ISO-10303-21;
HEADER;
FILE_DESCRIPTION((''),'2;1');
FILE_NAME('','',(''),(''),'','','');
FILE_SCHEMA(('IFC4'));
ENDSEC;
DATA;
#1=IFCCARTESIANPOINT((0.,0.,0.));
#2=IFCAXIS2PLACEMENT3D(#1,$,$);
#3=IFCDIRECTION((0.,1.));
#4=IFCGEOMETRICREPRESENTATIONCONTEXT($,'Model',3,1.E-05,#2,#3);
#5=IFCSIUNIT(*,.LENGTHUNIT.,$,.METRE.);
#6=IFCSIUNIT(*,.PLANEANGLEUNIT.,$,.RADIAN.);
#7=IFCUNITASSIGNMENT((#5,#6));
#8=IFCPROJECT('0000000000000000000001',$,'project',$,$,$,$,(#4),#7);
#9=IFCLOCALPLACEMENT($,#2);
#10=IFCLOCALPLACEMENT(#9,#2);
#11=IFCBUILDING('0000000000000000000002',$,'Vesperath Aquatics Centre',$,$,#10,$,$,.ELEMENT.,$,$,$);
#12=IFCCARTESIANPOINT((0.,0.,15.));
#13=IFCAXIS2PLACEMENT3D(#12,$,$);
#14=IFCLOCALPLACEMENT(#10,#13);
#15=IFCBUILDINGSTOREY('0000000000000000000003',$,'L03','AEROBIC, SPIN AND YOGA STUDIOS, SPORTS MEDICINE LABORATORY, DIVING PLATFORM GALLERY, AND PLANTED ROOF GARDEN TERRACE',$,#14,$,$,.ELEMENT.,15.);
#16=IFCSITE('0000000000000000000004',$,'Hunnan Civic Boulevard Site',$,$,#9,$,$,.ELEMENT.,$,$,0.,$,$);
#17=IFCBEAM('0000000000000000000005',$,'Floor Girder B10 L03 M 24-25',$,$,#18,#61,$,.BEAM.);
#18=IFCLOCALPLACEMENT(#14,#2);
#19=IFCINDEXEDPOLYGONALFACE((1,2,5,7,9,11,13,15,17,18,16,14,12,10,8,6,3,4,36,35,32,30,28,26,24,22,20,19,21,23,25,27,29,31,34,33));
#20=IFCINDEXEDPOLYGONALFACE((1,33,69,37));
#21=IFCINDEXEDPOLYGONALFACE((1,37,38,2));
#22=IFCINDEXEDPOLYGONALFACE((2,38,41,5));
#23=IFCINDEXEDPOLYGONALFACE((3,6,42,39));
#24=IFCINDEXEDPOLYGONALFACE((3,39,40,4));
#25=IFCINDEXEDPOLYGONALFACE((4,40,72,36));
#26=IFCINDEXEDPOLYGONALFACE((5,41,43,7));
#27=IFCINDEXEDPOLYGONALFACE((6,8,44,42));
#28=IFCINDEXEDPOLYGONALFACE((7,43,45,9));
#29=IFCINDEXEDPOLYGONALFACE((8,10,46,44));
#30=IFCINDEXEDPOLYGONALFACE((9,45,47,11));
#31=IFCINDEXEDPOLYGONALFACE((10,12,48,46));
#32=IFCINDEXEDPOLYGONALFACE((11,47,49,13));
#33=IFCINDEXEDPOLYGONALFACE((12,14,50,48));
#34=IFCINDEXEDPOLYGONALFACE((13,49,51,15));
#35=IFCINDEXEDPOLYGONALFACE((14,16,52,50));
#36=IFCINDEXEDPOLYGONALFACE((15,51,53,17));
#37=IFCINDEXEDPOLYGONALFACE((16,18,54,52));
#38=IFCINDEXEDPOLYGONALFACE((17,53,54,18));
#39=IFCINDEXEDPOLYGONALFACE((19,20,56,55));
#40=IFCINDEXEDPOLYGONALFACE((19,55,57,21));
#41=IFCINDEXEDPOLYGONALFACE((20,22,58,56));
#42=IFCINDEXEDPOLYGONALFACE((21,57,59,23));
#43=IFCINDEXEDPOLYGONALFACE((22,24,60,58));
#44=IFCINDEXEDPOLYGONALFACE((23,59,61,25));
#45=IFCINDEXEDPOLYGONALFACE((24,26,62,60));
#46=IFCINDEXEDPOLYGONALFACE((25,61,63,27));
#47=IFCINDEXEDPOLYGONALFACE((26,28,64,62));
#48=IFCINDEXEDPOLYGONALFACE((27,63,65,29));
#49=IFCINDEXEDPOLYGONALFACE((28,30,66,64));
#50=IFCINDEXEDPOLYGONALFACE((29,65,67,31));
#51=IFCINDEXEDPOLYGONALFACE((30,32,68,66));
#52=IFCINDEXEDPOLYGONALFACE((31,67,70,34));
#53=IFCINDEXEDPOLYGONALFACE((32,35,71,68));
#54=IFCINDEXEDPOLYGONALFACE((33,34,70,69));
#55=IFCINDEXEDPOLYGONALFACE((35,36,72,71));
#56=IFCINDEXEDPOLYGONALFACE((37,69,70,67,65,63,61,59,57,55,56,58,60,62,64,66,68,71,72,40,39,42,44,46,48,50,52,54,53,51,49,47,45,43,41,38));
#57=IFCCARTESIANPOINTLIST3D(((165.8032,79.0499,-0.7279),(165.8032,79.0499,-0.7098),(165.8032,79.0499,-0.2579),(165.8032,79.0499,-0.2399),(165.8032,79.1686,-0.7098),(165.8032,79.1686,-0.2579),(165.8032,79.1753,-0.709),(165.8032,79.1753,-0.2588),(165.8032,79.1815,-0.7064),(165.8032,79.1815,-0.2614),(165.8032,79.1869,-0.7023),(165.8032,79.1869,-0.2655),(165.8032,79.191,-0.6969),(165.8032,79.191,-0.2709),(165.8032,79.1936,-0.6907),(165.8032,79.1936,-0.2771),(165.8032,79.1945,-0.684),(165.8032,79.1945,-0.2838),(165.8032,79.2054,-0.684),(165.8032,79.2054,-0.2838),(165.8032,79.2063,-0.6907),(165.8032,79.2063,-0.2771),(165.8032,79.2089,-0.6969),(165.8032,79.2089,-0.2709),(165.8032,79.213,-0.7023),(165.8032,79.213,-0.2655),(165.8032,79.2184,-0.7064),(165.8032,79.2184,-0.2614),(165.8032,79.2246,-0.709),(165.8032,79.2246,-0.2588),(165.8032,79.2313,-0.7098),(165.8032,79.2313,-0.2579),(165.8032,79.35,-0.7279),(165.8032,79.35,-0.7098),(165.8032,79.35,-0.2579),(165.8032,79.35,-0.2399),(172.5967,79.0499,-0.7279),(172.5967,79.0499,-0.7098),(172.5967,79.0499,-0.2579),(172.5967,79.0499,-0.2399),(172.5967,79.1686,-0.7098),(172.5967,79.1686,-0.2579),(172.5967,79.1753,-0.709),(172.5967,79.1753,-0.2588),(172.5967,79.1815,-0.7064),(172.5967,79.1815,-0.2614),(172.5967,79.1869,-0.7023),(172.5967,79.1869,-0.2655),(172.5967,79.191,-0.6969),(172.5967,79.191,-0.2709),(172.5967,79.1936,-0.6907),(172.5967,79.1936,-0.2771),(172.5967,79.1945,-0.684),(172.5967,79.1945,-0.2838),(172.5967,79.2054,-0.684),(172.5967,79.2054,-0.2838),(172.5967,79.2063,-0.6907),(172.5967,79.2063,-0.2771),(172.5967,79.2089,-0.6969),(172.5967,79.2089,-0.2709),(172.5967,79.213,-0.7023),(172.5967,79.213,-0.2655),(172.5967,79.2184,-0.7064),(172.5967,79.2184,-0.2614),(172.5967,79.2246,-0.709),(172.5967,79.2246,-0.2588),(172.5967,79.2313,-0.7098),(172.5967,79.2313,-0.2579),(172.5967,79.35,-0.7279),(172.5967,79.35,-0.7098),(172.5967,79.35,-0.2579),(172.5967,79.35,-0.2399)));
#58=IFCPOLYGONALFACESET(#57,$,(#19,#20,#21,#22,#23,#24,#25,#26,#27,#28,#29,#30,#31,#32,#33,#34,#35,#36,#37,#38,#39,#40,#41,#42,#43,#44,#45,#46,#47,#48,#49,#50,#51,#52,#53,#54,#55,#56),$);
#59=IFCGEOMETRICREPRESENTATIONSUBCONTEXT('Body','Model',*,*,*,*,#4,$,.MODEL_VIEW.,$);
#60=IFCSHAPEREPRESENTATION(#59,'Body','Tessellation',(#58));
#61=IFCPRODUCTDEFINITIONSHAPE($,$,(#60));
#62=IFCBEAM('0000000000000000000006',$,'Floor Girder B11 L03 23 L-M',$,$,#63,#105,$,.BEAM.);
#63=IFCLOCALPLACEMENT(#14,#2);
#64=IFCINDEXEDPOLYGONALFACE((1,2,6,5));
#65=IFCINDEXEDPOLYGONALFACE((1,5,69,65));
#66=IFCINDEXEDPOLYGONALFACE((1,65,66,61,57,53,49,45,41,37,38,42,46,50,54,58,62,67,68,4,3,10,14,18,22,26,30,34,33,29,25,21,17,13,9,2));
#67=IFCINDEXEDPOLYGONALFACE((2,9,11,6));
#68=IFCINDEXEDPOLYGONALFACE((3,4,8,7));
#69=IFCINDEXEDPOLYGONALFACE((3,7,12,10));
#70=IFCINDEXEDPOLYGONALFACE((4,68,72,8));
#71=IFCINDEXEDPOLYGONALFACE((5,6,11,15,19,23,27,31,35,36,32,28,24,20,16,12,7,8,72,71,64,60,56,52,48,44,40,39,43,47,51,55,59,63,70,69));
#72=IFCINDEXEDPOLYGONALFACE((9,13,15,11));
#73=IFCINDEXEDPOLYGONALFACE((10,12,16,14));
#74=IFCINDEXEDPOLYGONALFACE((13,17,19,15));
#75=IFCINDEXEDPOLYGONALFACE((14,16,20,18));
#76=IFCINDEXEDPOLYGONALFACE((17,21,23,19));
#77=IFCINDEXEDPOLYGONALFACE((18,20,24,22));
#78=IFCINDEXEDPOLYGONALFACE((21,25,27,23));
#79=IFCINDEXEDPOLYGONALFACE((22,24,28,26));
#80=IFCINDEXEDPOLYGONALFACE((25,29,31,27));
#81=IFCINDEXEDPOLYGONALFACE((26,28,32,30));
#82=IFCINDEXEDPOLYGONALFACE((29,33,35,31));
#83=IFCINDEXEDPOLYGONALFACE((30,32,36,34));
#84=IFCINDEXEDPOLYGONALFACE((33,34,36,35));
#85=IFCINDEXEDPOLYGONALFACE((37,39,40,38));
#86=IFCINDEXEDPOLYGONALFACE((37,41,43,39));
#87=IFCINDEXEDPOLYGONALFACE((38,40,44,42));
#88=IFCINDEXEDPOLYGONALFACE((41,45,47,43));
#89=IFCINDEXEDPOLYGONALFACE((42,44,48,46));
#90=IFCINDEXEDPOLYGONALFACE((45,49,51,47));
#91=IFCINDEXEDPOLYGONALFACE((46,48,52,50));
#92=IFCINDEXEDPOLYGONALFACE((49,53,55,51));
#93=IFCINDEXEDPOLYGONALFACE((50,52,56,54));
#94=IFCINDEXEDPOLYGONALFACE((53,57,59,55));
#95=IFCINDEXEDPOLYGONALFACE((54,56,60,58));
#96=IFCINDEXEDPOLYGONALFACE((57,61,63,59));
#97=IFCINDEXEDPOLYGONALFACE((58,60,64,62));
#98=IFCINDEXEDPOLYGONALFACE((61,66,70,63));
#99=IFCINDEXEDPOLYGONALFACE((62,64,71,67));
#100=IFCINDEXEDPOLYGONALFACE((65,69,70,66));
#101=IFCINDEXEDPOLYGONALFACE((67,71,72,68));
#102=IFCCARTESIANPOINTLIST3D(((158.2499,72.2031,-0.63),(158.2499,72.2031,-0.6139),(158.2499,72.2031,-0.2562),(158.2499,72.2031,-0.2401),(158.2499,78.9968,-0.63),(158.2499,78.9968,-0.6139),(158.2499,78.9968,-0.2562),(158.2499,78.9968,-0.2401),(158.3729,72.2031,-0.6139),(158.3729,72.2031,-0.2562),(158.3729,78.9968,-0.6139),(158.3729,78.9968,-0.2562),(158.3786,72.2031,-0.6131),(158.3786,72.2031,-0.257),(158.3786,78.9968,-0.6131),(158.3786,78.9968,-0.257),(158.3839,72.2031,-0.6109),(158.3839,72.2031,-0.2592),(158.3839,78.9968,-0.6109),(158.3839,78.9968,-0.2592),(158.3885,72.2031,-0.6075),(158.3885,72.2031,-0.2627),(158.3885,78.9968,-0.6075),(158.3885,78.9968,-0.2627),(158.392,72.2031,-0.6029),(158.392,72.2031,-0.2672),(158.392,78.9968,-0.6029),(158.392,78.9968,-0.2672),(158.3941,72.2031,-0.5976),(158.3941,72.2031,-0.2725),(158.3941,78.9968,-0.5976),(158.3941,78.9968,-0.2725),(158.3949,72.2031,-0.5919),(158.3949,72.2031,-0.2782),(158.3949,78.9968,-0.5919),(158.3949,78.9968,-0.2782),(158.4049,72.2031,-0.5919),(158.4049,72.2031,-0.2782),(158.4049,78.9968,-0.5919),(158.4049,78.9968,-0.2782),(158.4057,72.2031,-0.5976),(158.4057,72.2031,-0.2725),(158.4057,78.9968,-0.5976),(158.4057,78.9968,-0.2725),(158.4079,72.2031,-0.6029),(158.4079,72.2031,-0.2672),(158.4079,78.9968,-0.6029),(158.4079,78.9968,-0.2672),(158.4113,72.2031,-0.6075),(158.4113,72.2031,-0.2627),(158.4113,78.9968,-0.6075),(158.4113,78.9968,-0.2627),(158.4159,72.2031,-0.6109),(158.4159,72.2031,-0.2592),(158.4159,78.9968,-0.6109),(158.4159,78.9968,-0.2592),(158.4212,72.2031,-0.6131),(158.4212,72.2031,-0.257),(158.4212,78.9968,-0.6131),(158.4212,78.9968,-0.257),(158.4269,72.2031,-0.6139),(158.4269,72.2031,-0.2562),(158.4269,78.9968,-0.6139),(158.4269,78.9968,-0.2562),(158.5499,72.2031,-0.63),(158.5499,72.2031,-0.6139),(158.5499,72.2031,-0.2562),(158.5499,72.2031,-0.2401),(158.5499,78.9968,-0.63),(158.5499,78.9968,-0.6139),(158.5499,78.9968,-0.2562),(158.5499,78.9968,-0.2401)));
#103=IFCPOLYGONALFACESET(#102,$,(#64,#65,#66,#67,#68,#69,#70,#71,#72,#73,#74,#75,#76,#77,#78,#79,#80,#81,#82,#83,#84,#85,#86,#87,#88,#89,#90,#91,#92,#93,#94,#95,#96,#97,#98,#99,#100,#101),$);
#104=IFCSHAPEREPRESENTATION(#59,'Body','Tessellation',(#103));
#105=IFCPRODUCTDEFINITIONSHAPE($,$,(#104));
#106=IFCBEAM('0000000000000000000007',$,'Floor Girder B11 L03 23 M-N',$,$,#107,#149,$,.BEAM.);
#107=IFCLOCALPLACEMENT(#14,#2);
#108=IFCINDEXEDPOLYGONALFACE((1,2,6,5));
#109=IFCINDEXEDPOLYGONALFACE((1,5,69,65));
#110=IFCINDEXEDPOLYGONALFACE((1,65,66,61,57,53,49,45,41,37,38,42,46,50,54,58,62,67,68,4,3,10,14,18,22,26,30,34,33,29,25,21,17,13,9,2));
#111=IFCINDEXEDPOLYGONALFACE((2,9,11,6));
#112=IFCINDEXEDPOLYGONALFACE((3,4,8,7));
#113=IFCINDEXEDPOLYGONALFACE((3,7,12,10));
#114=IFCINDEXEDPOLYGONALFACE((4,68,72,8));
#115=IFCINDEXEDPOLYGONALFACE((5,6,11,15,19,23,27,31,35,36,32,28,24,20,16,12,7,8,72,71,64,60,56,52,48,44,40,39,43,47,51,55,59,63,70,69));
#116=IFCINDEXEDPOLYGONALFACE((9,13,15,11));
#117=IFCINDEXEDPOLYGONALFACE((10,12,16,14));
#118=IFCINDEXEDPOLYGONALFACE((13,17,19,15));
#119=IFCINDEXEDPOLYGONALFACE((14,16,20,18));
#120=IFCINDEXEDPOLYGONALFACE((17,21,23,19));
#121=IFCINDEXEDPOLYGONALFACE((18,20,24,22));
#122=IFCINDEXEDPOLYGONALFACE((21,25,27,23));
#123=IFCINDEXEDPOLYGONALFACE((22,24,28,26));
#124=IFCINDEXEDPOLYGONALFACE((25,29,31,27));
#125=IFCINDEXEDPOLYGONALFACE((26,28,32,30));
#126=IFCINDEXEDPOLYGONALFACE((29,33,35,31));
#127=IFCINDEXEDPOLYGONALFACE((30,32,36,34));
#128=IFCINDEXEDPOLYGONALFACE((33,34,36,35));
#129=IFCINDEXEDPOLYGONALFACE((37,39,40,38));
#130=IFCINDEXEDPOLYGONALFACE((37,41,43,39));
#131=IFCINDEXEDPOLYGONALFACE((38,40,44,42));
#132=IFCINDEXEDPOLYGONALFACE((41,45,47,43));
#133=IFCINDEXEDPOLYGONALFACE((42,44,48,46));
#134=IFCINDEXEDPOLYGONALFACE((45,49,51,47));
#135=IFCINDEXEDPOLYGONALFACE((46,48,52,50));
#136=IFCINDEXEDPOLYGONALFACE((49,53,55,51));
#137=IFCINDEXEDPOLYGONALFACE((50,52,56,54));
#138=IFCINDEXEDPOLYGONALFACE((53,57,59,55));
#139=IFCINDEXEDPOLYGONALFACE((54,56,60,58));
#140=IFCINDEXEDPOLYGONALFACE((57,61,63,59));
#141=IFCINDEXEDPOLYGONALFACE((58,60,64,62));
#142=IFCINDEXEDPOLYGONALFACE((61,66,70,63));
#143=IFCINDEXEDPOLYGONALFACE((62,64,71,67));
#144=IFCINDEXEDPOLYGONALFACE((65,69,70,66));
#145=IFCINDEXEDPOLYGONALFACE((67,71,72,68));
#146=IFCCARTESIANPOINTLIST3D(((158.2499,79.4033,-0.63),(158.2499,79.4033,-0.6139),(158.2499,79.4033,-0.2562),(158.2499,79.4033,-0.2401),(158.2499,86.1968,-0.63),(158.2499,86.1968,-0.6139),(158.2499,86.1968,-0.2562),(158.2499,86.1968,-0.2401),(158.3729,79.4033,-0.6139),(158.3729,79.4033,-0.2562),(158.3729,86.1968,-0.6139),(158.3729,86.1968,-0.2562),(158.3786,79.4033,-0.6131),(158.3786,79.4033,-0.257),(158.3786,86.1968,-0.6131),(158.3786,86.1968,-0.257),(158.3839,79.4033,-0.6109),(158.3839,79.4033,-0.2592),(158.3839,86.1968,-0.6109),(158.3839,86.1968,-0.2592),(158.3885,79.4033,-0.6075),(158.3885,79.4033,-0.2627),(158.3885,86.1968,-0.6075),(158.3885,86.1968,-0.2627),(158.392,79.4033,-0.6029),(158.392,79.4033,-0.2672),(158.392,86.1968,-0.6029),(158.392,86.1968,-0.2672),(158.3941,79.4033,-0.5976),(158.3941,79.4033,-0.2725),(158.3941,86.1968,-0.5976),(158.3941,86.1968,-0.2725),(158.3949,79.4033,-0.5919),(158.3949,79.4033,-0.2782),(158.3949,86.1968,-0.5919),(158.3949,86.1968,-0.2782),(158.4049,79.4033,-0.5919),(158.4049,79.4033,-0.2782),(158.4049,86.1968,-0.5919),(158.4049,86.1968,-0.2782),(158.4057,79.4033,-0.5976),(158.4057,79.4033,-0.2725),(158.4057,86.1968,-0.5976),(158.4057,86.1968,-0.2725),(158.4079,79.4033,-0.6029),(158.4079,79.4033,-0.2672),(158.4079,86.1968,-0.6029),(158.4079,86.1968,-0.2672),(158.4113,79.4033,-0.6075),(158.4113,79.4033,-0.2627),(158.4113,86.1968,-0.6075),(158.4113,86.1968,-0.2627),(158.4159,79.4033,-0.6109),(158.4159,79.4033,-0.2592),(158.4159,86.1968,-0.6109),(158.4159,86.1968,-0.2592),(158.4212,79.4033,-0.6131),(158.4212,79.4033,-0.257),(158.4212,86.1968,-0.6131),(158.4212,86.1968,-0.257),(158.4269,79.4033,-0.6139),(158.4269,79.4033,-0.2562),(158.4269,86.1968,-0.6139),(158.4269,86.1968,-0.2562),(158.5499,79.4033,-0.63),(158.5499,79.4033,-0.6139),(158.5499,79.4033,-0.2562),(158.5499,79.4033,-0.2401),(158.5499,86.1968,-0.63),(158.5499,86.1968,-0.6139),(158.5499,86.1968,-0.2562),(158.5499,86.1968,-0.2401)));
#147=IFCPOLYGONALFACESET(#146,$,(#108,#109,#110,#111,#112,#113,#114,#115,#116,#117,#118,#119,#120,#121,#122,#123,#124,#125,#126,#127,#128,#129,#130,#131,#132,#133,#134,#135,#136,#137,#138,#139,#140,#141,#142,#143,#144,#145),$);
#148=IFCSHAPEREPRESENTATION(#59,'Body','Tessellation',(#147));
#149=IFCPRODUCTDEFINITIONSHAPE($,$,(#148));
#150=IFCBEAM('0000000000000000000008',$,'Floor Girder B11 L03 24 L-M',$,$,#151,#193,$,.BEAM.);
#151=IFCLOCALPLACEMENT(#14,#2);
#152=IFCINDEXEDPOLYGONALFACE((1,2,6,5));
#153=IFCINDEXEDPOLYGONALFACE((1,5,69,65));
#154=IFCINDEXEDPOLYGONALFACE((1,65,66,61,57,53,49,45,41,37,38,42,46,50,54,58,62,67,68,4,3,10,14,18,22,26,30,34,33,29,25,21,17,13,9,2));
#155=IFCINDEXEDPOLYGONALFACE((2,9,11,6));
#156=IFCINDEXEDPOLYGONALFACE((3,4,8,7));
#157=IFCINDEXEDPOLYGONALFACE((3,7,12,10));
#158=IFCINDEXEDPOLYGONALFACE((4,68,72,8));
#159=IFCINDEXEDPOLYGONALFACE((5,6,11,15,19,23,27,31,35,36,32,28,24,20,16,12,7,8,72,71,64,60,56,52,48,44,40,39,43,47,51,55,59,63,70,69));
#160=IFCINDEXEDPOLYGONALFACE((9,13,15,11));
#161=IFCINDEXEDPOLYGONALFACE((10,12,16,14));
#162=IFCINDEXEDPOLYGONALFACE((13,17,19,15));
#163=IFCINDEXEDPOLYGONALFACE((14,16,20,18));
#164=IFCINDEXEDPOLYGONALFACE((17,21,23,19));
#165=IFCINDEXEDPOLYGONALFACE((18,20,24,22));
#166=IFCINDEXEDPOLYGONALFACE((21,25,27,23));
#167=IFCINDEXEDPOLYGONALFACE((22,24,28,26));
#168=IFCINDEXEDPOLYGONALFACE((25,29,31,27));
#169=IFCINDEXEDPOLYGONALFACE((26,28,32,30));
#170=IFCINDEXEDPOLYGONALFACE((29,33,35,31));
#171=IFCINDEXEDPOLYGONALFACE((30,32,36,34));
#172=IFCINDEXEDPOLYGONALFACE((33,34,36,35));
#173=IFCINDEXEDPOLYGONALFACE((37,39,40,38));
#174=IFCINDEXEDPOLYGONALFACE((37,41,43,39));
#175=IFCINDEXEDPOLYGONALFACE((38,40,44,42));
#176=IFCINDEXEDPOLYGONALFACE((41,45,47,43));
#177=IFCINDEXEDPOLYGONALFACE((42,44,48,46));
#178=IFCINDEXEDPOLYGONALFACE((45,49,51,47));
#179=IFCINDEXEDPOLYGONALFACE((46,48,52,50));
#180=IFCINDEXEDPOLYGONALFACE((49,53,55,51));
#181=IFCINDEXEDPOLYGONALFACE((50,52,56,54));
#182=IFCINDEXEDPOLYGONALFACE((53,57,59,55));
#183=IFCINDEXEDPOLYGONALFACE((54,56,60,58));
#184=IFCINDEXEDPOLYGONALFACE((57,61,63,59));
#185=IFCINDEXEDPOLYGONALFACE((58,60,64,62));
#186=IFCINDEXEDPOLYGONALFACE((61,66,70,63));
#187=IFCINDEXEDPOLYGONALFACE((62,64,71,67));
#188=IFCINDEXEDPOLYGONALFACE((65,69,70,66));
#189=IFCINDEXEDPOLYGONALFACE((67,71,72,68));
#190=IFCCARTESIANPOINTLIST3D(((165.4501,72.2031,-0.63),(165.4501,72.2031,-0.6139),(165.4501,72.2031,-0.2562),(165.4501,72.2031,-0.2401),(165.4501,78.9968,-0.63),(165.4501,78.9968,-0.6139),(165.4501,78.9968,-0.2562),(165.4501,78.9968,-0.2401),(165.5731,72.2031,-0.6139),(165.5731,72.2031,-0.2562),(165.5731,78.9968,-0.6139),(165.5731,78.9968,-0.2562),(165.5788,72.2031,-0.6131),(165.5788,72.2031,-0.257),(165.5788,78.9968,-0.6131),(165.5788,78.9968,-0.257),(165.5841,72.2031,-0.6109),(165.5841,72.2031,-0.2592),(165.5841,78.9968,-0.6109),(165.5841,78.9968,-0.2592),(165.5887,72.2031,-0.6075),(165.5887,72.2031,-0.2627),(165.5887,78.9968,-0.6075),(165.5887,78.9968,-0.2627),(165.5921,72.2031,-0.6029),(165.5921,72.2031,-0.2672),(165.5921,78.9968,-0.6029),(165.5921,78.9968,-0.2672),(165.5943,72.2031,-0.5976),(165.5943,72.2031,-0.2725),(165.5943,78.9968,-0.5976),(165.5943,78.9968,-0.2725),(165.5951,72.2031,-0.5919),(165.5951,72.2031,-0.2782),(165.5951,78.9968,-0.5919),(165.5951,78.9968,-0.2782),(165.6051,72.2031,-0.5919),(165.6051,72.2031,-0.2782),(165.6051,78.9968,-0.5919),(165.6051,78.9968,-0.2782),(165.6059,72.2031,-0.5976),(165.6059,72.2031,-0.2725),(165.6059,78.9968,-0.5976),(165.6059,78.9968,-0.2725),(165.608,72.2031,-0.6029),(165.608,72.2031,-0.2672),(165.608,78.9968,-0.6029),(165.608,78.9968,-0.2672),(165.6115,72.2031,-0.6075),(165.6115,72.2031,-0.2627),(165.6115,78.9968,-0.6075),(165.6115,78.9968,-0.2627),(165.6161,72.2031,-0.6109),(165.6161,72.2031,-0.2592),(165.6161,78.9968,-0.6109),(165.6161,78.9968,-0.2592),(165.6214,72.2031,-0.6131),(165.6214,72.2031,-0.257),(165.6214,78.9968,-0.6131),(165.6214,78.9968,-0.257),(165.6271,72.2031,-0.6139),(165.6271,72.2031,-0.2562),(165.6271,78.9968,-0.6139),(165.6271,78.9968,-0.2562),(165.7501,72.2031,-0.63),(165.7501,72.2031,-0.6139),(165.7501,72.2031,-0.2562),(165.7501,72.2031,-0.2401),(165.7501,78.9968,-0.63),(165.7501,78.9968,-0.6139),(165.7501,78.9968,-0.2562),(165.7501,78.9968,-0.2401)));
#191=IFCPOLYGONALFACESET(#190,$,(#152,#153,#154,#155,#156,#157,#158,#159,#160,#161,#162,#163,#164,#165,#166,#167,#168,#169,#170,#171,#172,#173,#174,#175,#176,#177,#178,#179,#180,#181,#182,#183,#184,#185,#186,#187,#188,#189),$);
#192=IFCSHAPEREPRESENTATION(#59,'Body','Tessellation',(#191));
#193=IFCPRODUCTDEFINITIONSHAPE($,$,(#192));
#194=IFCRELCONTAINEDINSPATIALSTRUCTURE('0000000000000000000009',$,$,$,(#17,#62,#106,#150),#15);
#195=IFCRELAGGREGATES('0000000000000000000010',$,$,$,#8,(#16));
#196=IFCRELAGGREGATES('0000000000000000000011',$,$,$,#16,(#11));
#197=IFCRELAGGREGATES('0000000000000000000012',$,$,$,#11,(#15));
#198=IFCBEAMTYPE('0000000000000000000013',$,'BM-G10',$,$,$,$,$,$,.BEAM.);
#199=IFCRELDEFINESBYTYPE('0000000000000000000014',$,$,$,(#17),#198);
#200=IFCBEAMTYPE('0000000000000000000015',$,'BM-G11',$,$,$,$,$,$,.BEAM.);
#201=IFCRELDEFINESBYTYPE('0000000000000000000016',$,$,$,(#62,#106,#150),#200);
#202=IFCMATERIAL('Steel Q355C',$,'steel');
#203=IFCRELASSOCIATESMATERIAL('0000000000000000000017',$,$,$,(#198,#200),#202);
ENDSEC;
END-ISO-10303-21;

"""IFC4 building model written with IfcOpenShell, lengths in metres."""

from ifc_helpers import new_model, si_unit, direction, frame, origin, origin_2d, place, context, subcontext, project, spatial, i_section, extrude, material, material_profile, profile_set, type_object, element, save


model = new_model("IFC4")

# Units and contexts
model_context = context("Model", 3, precision=1e-05, world=origin(), true_north=direction((0.0, 1.0)))
body_context = subcontext(model_context, "Body", "Model", "MODEL_VIEW")
ifc_project = project(units=[si_unit("LENGTHUNIT", "METRE"), si_unit("PLANEANGLEUNIT", "RADIAN")], contexts=[model_context])

# Site, building, storey
site_placement = place(None, origin())
site = spatial("IfcSite", under=ifc_project, at=site_placement, Name="Hunnan Civic Boulevard Site", CompositionType="ELEMENT", RefElevation=0.0)
building_placement = place(site_placement, origin())
building = spatial("IfcBuilding", under=site, at=building_placement, Name="Vesperath Aquatics Centre", CompositionType="ELEMENT")
storey_placement = place(building_placement, frame((0.0, 0.0, 15.0)))
storey = spatial("IfcBuildingStorey", under=building, at=storey_placement, Name="L03", Description="AEROBIC, SPIN AND YOGA STUDIOS, SPORTS MEDICINE LABORATORY, DIVING PLATFORM GALLERY, AND PLANTED ROOF GARDEN TERRACE", CompositionType="ELEMENT", Elevation=15.0)

# Beams
ifc_material_1 = material(Name="Steel Q355C", Category="steel")
ifc_material_profile_1 = material_profile(ifc_material_1, i_section(OverallWidth=0.3, OverallDepth=0.488, WebThickness=0.011, FlangeThickness=0.0181, FilletRadius=0.0259, at=origin_2d()), Name="HM 488x300x11x18")
ifc_profile_set_1 = profile_set([ifc_material_profile_1], Name="Steel Q355C")
beam_type_1 = type_object("IfcBeamType", Name="BM-G10", PredefinedType="BEAM", material=ifc_profile_set_1)
for number, where, z_axis, x_axis, name in (
    (1, (165.8032, 79.2, -0.4839), (1.0, 0.0, 0.0), (0.0, 1.0, 0.0), "Floor Girder B10 L03 M 24-25"),
):
    element("IfcBeam", number, at=place(storey_placement, frame(where, z_axis=z_axis, x_axis=x_axis)), inside=storey, type_object=beam_type_1, Name=name, PredefinedType="BEAM", context=body_context, shape_type="SweptSolid", body=[
        extrude(i_section(OverallWidth=0.3, OverallDepth=0.488, WebThickness=0.011, FlangeThickness=0.0181, FilletRadius=0.0259, at=origin_2d()), origin(), (0.0, 0.0, 1.0), 6.7935),
    ])
ifc_material_profile_2 = material_profile(ifc_material_1, i_section(OverallWidth=0.3, OverallDepth=0.3899, WebThickness=0.01, FlangeThickness=0.0161, FilletRadius=0.022, at=origin_2d()), Name="HM 390x300x10x16")
ifc_profile_set_2 = profile_set([ifc_material_profile_2], Name="Steel Q355C")
beam_type_2 = type_object("IfcBeamType", Name="BM-G11", PredefinedType="BEAM", material=ifc_profile_set_2)
beam_1_placement = place(storey_placement, frame((158.3999, 72.2031, -0.4351), z_axis=(0.0, 1.0, 0.0), x_axis=(-1.0, 0.0, 0.0)))
element("IfcBeam", 2, at=beam_1_placement, inside=storey, type_object=beam_type_2, Name="Floor Girder B11 L03 23 L-M", PredefinedType="BEAM", context=body_context, shape_type="SweptSolid", body=[
    extrude(i_section(OverallWidth=0.3, OverallDepth=0.3899, WebThickness=0.01, FlangeThickness=0.0161, FilletRadius=0.022, at=origin_2d()), origin(), (0.0, 0.0, 1.0), 6.7937),
])
beam_2_placement = place(storey_placement, frame((158.3999, 79.4033, -0.4351), z_axis=(0.0, 1.0, 0.0), x_axis=(-1.0, 0.0, 0.0)))
element("IfcBeam", 3, at=beam_2_placement, inside=storey, type_object=beam_type_2, Name="Floor Girder B11 L03 23 M-N", PredefinedType="BEAM", context=body_context, shape_type="SweptSolid", body=[
    extrude(i_section(OverallWidth=0.3, OverallDepth=0.3899, WebThickness=0.01, FlangeThickness=0.0161, FilletRadius=0.022, at=origin_2d()), origin(), (0.0, 0.0, 1.0), 6.7935),
])
for number, where, z_axis, x_axis, name in (
    (4, (165.6001, 72.2031, -0.4351), (0.0, 1.0, 0.0), (-1.0, 0.0, 0.0), "Floor Girder B11 L03 24 L-M"),
):
    element("IfcBeam", number, at=place(storey_placement, frame(where, z_axis=z_axis, x_axis=x_axis)), inside=storey, type_object=beam_type_2, Name=name, PredefinedType="BEAM", context=body_context, shape_type="SweptSolid", body=[
        extrude(i_section(OverallWidth=0.3, OverallDepth=0.3899, WebThickness=0.01, FlangeThickness=0.0161, FilletRadius=0.022, at=origin_2d()), origin(), (0.0, 0.0, 1.0), 6.7937),
    ])

save(model, "model.ifc")
